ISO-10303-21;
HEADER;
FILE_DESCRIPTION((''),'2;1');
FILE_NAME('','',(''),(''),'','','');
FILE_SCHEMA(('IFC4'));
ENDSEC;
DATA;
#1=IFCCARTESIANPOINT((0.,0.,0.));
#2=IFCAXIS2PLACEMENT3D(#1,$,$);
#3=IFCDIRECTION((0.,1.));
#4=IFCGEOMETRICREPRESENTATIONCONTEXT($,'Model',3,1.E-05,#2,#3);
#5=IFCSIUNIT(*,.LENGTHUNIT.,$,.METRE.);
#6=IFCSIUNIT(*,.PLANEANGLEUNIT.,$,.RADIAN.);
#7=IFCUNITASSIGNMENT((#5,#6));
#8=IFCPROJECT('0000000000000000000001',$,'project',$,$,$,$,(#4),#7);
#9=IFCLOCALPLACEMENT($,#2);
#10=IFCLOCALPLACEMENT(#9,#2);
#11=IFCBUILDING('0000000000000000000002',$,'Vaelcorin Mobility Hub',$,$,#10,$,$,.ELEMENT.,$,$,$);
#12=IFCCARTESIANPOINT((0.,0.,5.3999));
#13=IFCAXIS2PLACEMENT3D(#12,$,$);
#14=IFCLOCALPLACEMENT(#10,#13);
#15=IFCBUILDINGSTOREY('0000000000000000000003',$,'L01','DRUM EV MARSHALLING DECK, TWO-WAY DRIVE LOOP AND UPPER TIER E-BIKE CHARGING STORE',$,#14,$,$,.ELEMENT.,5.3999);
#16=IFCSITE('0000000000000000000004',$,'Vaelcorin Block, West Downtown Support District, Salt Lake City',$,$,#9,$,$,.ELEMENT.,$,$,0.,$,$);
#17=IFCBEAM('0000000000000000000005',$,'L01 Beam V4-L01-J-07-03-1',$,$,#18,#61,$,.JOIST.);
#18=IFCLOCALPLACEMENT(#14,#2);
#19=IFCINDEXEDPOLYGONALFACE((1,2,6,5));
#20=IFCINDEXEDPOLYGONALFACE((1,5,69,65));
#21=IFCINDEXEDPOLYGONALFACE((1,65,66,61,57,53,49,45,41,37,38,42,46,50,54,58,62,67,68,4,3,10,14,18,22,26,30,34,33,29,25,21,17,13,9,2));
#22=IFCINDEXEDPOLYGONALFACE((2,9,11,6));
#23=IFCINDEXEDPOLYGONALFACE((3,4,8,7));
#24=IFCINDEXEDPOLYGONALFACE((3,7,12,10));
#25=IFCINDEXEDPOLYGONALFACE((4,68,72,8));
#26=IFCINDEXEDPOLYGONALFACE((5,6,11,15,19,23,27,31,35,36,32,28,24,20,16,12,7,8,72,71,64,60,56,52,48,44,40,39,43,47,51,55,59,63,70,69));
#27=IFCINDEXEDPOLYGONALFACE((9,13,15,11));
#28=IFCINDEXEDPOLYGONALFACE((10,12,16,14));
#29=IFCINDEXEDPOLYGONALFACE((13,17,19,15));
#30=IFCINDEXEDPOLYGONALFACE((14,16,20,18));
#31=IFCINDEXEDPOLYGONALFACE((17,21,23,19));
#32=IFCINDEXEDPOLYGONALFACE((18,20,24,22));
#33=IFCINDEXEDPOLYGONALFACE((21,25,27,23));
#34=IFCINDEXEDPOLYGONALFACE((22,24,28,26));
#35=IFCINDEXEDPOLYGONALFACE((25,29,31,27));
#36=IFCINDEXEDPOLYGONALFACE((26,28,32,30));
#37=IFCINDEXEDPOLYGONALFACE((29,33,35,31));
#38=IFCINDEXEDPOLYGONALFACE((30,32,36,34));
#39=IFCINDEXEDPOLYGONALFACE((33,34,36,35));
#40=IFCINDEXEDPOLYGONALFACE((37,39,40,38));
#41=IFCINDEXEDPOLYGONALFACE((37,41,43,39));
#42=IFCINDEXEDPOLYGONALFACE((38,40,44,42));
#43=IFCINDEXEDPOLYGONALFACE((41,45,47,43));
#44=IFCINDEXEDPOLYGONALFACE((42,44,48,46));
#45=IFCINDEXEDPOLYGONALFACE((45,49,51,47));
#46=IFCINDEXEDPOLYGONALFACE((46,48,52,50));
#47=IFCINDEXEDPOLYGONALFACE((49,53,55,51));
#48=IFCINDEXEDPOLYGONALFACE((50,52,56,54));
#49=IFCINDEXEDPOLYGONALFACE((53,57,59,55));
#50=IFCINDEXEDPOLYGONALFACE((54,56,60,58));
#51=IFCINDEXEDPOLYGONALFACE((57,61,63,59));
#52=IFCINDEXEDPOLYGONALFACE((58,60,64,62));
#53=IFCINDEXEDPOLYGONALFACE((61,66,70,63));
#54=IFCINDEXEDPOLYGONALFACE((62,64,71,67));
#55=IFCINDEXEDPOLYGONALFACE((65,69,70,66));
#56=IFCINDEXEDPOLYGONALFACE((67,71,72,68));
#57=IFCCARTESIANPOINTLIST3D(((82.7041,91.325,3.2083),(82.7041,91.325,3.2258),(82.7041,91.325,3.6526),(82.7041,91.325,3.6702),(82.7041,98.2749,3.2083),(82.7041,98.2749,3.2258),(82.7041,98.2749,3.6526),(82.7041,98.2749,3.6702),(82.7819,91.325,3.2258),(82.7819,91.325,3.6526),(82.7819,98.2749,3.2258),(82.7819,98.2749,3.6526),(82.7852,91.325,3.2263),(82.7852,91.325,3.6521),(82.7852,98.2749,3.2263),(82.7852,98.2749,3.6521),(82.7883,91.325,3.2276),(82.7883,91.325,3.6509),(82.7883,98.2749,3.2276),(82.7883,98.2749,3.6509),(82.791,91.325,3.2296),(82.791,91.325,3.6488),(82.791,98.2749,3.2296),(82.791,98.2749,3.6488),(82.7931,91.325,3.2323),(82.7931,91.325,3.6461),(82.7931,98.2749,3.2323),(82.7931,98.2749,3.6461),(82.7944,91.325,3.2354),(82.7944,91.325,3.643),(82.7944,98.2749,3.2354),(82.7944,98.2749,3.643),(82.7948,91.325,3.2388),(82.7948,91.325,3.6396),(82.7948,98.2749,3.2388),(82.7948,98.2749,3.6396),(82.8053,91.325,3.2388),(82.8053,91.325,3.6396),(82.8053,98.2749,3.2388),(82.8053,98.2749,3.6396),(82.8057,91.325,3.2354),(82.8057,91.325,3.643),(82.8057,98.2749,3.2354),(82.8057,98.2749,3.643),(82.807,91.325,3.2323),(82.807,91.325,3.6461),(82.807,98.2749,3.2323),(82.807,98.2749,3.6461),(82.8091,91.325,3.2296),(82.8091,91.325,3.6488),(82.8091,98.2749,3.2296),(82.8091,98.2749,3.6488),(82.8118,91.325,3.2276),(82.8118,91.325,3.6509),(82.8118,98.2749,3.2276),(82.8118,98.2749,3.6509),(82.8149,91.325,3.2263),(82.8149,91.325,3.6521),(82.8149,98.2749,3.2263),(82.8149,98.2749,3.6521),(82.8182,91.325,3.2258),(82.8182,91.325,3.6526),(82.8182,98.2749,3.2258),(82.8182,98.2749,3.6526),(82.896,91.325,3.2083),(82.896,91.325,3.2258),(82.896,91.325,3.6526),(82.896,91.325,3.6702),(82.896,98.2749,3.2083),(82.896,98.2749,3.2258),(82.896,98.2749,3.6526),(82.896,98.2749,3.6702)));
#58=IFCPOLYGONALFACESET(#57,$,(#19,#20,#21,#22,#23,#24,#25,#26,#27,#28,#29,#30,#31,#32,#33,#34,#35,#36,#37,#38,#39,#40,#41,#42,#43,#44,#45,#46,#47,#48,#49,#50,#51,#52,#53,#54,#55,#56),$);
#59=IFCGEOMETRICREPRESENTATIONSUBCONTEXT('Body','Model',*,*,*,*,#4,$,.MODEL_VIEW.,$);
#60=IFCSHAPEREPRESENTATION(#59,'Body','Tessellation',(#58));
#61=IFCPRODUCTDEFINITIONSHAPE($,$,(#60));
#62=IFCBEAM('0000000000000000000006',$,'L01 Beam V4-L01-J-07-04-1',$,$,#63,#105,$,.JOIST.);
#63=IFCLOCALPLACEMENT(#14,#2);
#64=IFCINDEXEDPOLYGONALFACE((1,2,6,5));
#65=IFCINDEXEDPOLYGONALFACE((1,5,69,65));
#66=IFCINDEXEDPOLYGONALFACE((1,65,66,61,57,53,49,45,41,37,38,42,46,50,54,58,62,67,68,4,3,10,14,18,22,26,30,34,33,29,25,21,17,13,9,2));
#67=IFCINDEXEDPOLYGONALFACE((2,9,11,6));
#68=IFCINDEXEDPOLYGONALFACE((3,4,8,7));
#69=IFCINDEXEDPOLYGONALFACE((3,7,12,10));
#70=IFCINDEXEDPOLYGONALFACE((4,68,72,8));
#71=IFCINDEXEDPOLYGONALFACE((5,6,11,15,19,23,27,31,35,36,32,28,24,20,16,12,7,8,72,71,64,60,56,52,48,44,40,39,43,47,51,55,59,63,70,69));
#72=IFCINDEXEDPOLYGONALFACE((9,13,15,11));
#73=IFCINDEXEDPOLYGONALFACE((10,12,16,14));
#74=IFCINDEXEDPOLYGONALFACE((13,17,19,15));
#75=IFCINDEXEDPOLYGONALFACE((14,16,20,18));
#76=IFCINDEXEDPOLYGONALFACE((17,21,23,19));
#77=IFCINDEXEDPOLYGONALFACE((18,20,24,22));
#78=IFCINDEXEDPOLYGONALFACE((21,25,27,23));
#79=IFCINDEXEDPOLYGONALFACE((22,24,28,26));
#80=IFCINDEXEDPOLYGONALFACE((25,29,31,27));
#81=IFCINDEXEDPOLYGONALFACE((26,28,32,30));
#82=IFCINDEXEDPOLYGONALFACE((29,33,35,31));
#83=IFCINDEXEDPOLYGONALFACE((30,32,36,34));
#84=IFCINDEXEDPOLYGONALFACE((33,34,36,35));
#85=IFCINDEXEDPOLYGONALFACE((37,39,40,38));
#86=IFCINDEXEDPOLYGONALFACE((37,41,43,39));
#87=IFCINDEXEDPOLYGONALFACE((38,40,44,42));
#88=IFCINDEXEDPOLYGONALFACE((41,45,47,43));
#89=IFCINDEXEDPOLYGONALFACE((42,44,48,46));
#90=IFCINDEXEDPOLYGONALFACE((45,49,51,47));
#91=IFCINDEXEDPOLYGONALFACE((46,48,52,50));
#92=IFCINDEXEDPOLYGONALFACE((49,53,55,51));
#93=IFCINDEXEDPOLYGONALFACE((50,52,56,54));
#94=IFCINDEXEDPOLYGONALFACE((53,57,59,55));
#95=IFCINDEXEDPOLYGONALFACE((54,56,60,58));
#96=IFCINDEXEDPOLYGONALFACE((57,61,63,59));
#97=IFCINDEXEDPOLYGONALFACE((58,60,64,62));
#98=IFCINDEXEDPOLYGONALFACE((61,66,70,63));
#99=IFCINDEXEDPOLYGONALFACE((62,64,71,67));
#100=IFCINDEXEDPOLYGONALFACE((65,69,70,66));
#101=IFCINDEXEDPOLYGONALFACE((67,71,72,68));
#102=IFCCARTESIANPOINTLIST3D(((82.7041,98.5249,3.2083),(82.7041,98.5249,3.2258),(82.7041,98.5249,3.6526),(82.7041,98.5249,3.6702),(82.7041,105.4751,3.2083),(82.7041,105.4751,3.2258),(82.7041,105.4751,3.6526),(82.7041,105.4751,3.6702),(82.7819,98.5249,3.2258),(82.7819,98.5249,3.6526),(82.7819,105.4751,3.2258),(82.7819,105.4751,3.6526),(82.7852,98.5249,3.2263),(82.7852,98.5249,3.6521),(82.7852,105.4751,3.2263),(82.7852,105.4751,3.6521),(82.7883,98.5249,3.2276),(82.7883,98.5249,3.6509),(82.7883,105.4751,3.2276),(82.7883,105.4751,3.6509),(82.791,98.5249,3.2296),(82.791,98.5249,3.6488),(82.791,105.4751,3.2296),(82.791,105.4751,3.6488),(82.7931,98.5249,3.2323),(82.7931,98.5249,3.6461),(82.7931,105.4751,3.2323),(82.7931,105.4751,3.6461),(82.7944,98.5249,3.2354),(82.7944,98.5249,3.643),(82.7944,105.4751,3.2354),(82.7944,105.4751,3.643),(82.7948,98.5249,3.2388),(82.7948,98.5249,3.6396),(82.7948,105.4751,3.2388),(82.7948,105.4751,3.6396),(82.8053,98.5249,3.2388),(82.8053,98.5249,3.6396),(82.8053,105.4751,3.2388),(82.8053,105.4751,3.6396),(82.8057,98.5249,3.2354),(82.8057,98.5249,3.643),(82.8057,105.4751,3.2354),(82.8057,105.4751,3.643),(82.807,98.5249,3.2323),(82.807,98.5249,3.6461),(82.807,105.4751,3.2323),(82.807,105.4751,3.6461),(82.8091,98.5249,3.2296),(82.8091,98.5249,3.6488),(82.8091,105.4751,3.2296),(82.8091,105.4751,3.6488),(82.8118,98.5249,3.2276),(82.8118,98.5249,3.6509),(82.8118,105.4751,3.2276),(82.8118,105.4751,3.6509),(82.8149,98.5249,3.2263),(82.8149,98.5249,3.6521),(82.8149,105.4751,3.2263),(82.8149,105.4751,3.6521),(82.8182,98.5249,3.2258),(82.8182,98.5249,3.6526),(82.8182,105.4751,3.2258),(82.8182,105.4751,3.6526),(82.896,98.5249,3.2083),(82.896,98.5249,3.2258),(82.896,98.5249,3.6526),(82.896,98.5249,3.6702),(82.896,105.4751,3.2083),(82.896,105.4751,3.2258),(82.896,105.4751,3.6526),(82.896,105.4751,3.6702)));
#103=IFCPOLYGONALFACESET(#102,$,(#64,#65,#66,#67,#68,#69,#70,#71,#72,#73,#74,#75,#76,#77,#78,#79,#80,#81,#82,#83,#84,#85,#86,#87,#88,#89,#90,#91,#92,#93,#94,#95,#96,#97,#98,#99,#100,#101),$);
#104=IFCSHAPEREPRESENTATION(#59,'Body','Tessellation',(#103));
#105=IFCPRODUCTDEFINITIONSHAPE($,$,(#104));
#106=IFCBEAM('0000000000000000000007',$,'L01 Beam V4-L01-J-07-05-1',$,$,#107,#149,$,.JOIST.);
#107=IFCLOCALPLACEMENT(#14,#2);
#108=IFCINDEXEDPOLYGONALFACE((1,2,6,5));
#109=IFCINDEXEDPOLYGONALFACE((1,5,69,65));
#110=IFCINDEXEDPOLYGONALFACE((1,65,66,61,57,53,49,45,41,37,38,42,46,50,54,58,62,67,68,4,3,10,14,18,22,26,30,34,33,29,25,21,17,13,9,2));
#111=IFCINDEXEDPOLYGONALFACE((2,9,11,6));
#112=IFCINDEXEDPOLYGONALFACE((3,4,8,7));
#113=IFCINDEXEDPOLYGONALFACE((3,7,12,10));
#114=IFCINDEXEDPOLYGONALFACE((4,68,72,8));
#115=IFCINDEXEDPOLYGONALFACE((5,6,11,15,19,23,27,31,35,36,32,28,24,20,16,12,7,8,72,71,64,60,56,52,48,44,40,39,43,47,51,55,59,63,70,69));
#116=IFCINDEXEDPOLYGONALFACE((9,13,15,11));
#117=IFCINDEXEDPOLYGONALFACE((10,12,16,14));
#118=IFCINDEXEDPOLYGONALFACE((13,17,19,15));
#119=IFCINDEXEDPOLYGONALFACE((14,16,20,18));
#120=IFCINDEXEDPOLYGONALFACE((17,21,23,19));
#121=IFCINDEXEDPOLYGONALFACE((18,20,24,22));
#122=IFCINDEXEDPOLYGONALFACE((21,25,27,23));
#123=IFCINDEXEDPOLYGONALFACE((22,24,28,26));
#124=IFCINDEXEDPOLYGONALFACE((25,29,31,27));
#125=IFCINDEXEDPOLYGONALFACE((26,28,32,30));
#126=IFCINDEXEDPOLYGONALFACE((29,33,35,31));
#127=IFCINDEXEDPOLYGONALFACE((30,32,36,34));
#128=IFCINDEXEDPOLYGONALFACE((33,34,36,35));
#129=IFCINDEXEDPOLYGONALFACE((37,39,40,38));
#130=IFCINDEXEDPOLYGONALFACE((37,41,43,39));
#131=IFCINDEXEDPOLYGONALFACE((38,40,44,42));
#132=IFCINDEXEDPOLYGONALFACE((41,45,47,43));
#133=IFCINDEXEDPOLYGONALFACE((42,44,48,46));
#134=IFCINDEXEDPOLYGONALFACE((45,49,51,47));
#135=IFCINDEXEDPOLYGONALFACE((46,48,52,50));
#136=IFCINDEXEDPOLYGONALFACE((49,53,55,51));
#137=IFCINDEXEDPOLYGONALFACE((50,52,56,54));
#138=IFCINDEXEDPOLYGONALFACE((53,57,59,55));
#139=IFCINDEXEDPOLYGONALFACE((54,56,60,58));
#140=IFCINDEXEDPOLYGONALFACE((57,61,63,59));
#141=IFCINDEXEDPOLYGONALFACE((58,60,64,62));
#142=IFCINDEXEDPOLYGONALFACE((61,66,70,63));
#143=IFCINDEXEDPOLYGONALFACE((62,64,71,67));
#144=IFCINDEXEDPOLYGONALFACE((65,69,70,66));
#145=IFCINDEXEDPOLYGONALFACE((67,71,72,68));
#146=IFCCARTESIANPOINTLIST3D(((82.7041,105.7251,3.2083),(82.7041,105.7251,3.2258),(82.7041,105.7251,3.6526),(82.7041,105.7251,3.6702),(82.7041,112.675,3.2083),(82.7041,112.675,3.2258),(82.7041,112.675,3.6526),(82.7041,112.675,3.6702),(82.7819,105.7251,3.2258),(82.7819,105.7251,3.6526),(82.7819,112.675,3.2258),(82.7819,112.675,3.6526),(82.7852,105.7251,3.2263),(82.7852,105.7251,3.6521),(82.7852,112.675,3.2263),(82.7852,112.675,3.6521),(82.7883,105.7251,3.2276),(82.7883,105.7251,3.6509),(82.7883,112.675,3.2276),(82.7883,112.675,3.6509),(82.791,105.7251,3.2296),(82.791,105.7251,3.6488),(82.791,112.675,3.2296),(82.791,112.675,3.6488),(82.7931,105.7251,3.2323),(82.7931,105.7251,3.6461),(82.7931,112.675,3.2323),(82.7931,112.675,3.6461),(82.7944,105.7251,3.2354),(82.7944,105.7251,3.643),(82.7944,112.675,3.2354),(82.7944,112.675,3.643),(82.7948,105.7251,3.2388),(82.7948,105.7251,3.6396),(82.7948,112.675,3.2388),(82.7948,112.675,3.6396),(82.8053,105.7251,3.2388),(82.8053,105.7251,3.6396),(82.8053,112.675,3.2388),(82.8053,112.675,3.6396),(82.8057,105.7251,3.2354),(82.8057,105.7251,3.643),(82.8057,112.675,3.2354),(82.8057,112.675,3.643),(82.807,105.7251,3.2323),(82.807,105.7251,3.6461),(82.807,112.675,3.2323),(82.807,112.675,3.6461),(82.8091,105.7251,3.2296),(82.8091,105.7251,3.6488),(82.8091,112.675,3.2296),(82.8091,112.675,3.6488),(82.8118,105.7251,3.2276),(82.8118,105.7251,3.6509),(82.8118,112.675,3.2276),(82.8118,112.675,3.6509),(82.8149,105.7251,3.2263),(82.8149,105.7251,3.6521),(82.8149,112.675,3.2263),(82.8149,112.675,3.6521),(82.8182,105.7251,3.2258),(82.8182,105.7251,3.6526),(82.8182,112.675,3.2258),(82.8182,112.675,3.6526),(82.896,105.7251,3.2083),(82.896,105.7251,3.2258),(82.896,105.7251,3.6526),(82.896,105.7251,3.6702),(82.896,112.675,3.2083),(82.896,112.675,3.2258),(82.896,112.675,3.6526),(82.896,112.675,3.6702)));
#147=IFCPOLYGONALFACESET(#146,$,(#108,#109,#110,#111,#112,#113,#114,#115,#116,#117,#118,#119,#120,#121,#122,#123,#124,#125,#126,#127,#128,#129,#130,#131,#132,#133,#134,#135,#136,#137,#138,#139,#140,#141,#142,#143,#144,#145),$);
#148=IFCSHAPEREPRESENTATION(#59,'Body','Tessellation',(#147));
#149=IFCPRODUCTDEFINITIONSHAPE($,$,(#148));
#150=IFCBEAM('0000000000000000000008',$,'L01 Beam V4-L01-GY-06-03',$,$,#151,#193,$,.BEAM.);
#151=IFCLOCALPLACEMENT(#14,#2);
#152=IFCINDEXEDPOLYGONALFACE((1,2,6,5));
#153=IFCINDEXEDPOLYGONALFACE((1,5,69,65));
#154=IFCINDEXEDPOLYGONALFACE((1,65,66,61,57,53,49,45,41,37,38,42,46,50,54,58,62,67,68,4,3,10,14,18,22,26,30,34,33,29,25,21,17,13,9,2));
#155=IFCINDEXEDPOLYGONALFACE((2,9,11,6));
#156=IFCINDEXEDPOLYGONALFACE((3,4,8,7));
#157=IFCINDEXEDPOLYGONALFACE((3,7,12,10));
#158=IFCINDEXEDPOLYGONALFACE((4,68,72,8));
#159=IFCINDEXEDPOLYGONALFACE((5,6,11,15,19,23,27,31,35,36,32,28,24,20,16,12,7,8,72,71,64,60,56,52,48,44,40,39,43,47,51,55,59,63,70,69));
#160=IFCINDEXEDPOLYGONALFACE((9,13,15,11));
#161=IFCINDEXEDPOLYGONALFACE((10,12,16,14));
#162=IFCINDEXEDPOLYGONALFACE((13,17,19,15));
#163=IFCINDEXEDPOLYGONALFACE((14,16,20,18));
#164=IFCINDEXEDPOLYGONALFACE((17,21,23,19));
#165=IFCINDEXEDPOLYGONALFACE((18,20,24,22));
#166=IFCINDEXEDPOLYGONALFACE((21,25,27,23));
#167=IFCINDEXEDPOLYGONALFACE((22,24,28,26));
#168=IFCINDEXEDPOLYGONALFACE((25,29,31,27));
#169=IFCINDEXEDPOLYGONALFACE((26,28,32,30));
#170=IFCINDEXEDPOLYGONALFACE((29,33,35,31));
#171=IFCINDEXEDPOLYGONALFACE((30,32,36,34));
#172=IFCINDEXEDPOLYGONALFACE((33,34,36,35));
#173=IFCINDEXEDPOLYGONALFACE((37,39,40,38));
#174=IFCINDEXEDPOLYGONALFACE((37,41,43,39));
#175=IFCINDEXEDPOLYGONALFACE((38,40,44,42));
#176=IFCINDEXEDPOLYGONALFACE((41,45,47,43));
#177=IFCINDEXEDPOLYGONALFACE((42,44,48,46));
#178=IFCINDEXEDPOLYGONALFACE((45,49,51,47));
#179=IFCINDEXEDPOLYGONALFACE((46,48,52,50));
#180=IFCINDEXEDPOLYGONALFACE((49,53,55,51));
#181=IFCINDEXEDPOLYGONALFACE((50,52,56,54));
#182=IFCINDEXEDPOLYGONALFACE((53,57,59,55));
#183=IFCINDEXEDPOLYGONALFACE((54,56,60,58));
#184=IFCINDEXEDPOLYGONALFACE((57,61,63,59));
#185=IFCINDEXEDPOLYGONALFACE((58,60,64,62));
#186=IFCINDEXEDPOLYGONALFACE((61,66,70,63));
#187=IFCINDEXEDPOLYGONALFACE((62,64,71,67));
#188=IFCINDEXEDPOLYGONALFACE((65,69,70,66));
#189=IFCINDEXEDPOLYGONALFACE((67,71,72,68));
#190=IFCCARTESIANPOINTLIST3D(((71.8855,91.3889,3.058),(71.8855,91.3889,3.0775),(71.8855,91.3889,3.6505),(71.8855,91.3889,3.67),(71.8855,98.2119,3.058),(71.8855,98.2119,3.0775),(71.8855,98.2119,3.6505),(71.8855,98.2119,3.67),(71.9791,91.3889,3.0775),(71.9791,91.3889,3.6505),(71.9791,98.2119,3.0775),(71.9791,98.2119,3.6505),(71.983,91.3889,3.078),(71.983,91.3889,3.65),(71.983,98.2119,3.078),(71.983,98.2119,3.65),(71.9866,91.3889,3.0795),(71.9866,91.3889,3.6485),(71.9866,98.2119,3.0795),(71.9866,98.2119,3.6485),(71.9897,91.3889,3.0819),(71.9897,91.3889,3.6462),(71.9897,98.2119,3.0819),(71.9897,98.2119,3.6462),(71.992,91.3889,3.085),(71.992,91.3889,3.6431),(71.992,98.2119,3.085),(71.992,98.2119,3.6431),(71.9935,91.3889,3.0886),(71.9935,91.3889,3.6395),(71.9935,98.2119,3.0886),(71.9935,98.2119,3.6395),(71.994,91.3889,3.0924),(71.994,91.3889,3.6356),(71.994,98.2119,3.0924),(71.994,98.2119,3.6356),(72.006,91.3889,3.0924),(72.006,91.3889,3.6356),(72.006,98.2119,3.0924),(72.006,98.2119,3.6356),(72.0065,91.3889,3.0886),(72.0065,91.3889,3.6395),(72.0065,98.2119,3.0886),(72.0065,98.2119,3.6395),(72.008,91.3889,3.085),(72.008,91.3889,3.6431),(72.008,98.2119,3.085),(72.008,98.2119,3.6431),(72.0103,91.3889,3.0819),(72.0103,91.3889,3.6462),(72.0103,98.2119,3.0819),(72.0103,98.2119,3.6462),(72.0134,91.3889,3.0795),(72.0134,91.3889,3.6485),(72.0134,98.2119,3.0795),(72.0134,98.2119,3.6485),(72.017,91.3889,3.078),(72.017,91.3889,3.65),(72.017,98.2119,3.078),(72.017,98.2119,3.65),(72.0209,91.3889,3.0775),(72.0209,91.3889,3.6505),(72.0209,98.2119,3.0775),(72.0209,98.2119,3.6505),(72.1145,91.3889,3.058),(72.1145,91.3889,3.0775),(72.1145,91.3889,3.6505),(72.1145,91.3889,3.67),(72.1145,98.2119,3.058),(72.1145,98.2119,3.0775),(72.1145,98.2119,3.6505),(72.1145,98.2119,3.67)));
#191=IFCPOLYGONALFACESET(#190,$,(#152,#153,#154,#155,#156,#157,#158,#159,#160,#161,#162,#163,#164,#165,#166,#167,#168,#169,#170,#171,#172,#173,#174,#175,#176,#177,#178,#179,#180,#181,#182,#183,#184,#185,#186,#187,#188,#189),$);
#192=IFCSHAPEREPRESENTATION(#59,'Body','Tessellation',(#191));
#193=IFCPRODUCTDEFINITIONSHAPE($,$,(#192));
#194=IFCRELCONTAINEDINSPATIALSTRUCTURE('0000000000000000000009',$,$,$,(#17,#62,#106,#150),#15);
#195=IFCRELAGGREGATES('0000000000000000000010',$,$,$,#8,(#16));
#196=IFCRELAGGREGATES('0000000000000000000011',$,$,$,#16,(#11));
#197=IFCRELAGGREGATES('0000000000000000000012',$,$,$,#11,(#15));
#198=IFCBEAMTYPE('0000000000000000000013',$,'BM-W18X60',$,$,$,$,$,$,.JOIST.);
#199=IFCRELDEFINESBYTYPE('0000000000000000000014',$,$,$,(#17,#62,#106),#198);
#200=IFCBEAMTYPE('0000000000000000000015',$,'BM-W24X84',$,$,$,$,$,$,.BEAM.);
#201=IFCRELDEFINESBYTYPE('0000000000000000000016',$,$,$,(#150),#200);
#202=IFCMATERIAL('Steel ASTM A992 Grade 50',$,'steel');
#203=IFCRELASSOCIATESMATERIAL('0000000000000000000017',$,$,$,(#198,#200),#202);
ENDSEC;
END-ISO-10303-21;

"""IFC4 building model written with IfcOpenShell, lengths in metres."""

from ifc_helpers import new_model, si_unit, direction, frame, origin, origin_2d, place, context, subcontext, project, spatial, i_section, extrude, material, material_profile, profile_set, type_object, element, save


model = new_model("IFC4")

# Units and contexts
model_context = context("Model", 3, precision=1e-05, world=origin(), true_north=direction((0.0, 1.0)))
body_context = subcontext(model_context, "Body", "Model", "MODEL_VIEW")
ifc_project = project(units=[si_unit("LENGTHUNIT", "METRE"), si_unit("PLANEANGLEUNIT", "RADIAN")], contexts=[model_context])

# Site, building, storey
site_placement = place(None, origin())
site = spatial("IfcSite", under=ifc_project, at=site_placement, Name="Vaelcorin Block, West Downtown Support District, Salt Lake City", CompositionType="ELEMENT", RefElevation=0.0)
building_placement = place(site_placement, origin())
building = spatial("IfcBuilding", under=site, at=building_placement, Name="Vaelcorin Mobility Hub", CompositionType="ELEMENT")
storey_placement = place(building_placement, frame((0.0, 0.0, 5.3999)))
storey = spatial("IfcBuildingStorey", under=building, at=storey_placement, Name="L01", Description="DRUM EV MARSHALLING DECK, TWO-WAY DRIVE LOOP AND UPPER TIER E-BIKE CHARGING STORE", CompositionType="ELEMENT", Elevation=5.3999)

# Shared definitions
ifc_material_1 = material(Name="Steel ASTM A992 Grade 50", Category="steel")

# Beams
ifc_material_profile_1 = material_profile(ifc_material_1, i_section(OverallWidth=0.1919, OverallDepth=0.4619, WebThickness=0.0105, FlangeThickness=0.0176, FilletRadius=0.0129, at=origin_2d()), Name="W18X60")
ifc_profile_set_1 = profile_set([ifc_material_profile_1], Name="Steel ASTM A992 Grade 50")
beam_type_1 = type_object("IfcBeamType", Name="BM-W18X60", PredefinedType="JOIST", material=ifc_profile_set_1)
for number, where, z_axis, x_axis, name in (
    (1, (82.8, 91.325, 3.4392), (0.0, 1.0, 0.0), (-1.0, 0.0, 0.0), "L01 Beam V4-L01-J-07-03-1"),
):
    element("IfcBeam", number, at=place(storey_placement, frame(where, z_axis=z_axis, x_axis=x_axis)), inside=storey, type_object=beam_type_1, Name=name, PredefinedType="JOIST", context=body_context, shape_type="SweptSolid", body=[
        extrude(i_section(OverallWidth=0.1919, OverallDepth=0.4619, WebThickness=0.0105, FlangeThickness=0.0176, FilletRadius=0.0129, at=origin_2d()), origin(), (0.0, 0.0, 1.0), 6.95),
    ])
beam_1_placement = place(storey_placement, frame((82.8, 98.5249, 3.4392), z_axis=(0.0, 1.0, 0.0), x_axis=(-1.0, 0.0, 0.0)))
element("IfcBeam", 2, at=beam_1_placement, inside=storey, type_object=beam_type_1, Name="L01 Beam V4-L01-J-07-04-1", PredefinedType="JOIST", context=body_context, shape_type="SweptSolid", body=[
    extrude(i_section(OverallWidth=0.1919, OverallDepth=0.4619, WebThickness=0.0105, FlangeThickness=0.0176, FilletRadius=0.0129, at=origin_2d()), origin(), (0.0, 0.0, 1.0), 6.9502),
])
beam_2_placement = place(storey_placement, frame((82.8, 105.7251, 3.4392), z_axis=(0.0, 1.0, 0.0), x_axis=(-1.0, 0.0, 0.0)))
element("IfcBeam", 3, at=beam_2_placement, inside=storey, type_object=beam_type_1, Name="L01 Beam V4-L01-J-07-05-1", PredefinedType="JOIST", context=body_context, shape_type="SweptSolid", body=[
    extrude(i_section(OverallWidth=0.1919, OverallDepth=0.4619, WebThickness=0.0105, FlangeThickness=0.0176, FilletRadius=0.0129, at=origin_2d()), origin(), (0.0, 0.0, 1.0), 6.95),
])
ifc_material_profile_2 = material_profile(ifc_material_1, i_section(OverallWidth=0.229, OverallDepth=0.6121, WebThickness=0.012, FlangeThickness=0.0195, FilletRadius=0.0149, at=origin_2d()), Name="W24X84")
ifc_profile_set_2 = profile_set([ifc_material_profile_2], Name="Steel ASTM A992 Grade 50")
beam_type_2 = type_object("IfcBeamType", Name="BM-W24X84", PredefinedType="BEAM", material=ifc_profile_set_2)
beam_3_placement = place(storey_placement, frame((72.0, 91.3889, 3.364), z_axis=(0.0, 1.0, 0.0), x_axis=(-1.0, 0.0, 0.0)))
element("IfcBeam", 4, at=beam_3_placement, inside=storey, type_object=beam_type_2, Name="L01 Beam V4-L01-GY-06-03", PredefinedType="BEAM", context=body_context, shape_type="SweptSolid", body=[
    extrude(i_section(OverallWidth=0.229, OverallDepth=0.6121, WebThickness=0.012, FlangeThickness=0.0195, FilletRadius=0.0149, at=origin_2d()), origin(), (0.0, 0.0, 1.0), 6.823),
])

save(model, "model.ifc")
